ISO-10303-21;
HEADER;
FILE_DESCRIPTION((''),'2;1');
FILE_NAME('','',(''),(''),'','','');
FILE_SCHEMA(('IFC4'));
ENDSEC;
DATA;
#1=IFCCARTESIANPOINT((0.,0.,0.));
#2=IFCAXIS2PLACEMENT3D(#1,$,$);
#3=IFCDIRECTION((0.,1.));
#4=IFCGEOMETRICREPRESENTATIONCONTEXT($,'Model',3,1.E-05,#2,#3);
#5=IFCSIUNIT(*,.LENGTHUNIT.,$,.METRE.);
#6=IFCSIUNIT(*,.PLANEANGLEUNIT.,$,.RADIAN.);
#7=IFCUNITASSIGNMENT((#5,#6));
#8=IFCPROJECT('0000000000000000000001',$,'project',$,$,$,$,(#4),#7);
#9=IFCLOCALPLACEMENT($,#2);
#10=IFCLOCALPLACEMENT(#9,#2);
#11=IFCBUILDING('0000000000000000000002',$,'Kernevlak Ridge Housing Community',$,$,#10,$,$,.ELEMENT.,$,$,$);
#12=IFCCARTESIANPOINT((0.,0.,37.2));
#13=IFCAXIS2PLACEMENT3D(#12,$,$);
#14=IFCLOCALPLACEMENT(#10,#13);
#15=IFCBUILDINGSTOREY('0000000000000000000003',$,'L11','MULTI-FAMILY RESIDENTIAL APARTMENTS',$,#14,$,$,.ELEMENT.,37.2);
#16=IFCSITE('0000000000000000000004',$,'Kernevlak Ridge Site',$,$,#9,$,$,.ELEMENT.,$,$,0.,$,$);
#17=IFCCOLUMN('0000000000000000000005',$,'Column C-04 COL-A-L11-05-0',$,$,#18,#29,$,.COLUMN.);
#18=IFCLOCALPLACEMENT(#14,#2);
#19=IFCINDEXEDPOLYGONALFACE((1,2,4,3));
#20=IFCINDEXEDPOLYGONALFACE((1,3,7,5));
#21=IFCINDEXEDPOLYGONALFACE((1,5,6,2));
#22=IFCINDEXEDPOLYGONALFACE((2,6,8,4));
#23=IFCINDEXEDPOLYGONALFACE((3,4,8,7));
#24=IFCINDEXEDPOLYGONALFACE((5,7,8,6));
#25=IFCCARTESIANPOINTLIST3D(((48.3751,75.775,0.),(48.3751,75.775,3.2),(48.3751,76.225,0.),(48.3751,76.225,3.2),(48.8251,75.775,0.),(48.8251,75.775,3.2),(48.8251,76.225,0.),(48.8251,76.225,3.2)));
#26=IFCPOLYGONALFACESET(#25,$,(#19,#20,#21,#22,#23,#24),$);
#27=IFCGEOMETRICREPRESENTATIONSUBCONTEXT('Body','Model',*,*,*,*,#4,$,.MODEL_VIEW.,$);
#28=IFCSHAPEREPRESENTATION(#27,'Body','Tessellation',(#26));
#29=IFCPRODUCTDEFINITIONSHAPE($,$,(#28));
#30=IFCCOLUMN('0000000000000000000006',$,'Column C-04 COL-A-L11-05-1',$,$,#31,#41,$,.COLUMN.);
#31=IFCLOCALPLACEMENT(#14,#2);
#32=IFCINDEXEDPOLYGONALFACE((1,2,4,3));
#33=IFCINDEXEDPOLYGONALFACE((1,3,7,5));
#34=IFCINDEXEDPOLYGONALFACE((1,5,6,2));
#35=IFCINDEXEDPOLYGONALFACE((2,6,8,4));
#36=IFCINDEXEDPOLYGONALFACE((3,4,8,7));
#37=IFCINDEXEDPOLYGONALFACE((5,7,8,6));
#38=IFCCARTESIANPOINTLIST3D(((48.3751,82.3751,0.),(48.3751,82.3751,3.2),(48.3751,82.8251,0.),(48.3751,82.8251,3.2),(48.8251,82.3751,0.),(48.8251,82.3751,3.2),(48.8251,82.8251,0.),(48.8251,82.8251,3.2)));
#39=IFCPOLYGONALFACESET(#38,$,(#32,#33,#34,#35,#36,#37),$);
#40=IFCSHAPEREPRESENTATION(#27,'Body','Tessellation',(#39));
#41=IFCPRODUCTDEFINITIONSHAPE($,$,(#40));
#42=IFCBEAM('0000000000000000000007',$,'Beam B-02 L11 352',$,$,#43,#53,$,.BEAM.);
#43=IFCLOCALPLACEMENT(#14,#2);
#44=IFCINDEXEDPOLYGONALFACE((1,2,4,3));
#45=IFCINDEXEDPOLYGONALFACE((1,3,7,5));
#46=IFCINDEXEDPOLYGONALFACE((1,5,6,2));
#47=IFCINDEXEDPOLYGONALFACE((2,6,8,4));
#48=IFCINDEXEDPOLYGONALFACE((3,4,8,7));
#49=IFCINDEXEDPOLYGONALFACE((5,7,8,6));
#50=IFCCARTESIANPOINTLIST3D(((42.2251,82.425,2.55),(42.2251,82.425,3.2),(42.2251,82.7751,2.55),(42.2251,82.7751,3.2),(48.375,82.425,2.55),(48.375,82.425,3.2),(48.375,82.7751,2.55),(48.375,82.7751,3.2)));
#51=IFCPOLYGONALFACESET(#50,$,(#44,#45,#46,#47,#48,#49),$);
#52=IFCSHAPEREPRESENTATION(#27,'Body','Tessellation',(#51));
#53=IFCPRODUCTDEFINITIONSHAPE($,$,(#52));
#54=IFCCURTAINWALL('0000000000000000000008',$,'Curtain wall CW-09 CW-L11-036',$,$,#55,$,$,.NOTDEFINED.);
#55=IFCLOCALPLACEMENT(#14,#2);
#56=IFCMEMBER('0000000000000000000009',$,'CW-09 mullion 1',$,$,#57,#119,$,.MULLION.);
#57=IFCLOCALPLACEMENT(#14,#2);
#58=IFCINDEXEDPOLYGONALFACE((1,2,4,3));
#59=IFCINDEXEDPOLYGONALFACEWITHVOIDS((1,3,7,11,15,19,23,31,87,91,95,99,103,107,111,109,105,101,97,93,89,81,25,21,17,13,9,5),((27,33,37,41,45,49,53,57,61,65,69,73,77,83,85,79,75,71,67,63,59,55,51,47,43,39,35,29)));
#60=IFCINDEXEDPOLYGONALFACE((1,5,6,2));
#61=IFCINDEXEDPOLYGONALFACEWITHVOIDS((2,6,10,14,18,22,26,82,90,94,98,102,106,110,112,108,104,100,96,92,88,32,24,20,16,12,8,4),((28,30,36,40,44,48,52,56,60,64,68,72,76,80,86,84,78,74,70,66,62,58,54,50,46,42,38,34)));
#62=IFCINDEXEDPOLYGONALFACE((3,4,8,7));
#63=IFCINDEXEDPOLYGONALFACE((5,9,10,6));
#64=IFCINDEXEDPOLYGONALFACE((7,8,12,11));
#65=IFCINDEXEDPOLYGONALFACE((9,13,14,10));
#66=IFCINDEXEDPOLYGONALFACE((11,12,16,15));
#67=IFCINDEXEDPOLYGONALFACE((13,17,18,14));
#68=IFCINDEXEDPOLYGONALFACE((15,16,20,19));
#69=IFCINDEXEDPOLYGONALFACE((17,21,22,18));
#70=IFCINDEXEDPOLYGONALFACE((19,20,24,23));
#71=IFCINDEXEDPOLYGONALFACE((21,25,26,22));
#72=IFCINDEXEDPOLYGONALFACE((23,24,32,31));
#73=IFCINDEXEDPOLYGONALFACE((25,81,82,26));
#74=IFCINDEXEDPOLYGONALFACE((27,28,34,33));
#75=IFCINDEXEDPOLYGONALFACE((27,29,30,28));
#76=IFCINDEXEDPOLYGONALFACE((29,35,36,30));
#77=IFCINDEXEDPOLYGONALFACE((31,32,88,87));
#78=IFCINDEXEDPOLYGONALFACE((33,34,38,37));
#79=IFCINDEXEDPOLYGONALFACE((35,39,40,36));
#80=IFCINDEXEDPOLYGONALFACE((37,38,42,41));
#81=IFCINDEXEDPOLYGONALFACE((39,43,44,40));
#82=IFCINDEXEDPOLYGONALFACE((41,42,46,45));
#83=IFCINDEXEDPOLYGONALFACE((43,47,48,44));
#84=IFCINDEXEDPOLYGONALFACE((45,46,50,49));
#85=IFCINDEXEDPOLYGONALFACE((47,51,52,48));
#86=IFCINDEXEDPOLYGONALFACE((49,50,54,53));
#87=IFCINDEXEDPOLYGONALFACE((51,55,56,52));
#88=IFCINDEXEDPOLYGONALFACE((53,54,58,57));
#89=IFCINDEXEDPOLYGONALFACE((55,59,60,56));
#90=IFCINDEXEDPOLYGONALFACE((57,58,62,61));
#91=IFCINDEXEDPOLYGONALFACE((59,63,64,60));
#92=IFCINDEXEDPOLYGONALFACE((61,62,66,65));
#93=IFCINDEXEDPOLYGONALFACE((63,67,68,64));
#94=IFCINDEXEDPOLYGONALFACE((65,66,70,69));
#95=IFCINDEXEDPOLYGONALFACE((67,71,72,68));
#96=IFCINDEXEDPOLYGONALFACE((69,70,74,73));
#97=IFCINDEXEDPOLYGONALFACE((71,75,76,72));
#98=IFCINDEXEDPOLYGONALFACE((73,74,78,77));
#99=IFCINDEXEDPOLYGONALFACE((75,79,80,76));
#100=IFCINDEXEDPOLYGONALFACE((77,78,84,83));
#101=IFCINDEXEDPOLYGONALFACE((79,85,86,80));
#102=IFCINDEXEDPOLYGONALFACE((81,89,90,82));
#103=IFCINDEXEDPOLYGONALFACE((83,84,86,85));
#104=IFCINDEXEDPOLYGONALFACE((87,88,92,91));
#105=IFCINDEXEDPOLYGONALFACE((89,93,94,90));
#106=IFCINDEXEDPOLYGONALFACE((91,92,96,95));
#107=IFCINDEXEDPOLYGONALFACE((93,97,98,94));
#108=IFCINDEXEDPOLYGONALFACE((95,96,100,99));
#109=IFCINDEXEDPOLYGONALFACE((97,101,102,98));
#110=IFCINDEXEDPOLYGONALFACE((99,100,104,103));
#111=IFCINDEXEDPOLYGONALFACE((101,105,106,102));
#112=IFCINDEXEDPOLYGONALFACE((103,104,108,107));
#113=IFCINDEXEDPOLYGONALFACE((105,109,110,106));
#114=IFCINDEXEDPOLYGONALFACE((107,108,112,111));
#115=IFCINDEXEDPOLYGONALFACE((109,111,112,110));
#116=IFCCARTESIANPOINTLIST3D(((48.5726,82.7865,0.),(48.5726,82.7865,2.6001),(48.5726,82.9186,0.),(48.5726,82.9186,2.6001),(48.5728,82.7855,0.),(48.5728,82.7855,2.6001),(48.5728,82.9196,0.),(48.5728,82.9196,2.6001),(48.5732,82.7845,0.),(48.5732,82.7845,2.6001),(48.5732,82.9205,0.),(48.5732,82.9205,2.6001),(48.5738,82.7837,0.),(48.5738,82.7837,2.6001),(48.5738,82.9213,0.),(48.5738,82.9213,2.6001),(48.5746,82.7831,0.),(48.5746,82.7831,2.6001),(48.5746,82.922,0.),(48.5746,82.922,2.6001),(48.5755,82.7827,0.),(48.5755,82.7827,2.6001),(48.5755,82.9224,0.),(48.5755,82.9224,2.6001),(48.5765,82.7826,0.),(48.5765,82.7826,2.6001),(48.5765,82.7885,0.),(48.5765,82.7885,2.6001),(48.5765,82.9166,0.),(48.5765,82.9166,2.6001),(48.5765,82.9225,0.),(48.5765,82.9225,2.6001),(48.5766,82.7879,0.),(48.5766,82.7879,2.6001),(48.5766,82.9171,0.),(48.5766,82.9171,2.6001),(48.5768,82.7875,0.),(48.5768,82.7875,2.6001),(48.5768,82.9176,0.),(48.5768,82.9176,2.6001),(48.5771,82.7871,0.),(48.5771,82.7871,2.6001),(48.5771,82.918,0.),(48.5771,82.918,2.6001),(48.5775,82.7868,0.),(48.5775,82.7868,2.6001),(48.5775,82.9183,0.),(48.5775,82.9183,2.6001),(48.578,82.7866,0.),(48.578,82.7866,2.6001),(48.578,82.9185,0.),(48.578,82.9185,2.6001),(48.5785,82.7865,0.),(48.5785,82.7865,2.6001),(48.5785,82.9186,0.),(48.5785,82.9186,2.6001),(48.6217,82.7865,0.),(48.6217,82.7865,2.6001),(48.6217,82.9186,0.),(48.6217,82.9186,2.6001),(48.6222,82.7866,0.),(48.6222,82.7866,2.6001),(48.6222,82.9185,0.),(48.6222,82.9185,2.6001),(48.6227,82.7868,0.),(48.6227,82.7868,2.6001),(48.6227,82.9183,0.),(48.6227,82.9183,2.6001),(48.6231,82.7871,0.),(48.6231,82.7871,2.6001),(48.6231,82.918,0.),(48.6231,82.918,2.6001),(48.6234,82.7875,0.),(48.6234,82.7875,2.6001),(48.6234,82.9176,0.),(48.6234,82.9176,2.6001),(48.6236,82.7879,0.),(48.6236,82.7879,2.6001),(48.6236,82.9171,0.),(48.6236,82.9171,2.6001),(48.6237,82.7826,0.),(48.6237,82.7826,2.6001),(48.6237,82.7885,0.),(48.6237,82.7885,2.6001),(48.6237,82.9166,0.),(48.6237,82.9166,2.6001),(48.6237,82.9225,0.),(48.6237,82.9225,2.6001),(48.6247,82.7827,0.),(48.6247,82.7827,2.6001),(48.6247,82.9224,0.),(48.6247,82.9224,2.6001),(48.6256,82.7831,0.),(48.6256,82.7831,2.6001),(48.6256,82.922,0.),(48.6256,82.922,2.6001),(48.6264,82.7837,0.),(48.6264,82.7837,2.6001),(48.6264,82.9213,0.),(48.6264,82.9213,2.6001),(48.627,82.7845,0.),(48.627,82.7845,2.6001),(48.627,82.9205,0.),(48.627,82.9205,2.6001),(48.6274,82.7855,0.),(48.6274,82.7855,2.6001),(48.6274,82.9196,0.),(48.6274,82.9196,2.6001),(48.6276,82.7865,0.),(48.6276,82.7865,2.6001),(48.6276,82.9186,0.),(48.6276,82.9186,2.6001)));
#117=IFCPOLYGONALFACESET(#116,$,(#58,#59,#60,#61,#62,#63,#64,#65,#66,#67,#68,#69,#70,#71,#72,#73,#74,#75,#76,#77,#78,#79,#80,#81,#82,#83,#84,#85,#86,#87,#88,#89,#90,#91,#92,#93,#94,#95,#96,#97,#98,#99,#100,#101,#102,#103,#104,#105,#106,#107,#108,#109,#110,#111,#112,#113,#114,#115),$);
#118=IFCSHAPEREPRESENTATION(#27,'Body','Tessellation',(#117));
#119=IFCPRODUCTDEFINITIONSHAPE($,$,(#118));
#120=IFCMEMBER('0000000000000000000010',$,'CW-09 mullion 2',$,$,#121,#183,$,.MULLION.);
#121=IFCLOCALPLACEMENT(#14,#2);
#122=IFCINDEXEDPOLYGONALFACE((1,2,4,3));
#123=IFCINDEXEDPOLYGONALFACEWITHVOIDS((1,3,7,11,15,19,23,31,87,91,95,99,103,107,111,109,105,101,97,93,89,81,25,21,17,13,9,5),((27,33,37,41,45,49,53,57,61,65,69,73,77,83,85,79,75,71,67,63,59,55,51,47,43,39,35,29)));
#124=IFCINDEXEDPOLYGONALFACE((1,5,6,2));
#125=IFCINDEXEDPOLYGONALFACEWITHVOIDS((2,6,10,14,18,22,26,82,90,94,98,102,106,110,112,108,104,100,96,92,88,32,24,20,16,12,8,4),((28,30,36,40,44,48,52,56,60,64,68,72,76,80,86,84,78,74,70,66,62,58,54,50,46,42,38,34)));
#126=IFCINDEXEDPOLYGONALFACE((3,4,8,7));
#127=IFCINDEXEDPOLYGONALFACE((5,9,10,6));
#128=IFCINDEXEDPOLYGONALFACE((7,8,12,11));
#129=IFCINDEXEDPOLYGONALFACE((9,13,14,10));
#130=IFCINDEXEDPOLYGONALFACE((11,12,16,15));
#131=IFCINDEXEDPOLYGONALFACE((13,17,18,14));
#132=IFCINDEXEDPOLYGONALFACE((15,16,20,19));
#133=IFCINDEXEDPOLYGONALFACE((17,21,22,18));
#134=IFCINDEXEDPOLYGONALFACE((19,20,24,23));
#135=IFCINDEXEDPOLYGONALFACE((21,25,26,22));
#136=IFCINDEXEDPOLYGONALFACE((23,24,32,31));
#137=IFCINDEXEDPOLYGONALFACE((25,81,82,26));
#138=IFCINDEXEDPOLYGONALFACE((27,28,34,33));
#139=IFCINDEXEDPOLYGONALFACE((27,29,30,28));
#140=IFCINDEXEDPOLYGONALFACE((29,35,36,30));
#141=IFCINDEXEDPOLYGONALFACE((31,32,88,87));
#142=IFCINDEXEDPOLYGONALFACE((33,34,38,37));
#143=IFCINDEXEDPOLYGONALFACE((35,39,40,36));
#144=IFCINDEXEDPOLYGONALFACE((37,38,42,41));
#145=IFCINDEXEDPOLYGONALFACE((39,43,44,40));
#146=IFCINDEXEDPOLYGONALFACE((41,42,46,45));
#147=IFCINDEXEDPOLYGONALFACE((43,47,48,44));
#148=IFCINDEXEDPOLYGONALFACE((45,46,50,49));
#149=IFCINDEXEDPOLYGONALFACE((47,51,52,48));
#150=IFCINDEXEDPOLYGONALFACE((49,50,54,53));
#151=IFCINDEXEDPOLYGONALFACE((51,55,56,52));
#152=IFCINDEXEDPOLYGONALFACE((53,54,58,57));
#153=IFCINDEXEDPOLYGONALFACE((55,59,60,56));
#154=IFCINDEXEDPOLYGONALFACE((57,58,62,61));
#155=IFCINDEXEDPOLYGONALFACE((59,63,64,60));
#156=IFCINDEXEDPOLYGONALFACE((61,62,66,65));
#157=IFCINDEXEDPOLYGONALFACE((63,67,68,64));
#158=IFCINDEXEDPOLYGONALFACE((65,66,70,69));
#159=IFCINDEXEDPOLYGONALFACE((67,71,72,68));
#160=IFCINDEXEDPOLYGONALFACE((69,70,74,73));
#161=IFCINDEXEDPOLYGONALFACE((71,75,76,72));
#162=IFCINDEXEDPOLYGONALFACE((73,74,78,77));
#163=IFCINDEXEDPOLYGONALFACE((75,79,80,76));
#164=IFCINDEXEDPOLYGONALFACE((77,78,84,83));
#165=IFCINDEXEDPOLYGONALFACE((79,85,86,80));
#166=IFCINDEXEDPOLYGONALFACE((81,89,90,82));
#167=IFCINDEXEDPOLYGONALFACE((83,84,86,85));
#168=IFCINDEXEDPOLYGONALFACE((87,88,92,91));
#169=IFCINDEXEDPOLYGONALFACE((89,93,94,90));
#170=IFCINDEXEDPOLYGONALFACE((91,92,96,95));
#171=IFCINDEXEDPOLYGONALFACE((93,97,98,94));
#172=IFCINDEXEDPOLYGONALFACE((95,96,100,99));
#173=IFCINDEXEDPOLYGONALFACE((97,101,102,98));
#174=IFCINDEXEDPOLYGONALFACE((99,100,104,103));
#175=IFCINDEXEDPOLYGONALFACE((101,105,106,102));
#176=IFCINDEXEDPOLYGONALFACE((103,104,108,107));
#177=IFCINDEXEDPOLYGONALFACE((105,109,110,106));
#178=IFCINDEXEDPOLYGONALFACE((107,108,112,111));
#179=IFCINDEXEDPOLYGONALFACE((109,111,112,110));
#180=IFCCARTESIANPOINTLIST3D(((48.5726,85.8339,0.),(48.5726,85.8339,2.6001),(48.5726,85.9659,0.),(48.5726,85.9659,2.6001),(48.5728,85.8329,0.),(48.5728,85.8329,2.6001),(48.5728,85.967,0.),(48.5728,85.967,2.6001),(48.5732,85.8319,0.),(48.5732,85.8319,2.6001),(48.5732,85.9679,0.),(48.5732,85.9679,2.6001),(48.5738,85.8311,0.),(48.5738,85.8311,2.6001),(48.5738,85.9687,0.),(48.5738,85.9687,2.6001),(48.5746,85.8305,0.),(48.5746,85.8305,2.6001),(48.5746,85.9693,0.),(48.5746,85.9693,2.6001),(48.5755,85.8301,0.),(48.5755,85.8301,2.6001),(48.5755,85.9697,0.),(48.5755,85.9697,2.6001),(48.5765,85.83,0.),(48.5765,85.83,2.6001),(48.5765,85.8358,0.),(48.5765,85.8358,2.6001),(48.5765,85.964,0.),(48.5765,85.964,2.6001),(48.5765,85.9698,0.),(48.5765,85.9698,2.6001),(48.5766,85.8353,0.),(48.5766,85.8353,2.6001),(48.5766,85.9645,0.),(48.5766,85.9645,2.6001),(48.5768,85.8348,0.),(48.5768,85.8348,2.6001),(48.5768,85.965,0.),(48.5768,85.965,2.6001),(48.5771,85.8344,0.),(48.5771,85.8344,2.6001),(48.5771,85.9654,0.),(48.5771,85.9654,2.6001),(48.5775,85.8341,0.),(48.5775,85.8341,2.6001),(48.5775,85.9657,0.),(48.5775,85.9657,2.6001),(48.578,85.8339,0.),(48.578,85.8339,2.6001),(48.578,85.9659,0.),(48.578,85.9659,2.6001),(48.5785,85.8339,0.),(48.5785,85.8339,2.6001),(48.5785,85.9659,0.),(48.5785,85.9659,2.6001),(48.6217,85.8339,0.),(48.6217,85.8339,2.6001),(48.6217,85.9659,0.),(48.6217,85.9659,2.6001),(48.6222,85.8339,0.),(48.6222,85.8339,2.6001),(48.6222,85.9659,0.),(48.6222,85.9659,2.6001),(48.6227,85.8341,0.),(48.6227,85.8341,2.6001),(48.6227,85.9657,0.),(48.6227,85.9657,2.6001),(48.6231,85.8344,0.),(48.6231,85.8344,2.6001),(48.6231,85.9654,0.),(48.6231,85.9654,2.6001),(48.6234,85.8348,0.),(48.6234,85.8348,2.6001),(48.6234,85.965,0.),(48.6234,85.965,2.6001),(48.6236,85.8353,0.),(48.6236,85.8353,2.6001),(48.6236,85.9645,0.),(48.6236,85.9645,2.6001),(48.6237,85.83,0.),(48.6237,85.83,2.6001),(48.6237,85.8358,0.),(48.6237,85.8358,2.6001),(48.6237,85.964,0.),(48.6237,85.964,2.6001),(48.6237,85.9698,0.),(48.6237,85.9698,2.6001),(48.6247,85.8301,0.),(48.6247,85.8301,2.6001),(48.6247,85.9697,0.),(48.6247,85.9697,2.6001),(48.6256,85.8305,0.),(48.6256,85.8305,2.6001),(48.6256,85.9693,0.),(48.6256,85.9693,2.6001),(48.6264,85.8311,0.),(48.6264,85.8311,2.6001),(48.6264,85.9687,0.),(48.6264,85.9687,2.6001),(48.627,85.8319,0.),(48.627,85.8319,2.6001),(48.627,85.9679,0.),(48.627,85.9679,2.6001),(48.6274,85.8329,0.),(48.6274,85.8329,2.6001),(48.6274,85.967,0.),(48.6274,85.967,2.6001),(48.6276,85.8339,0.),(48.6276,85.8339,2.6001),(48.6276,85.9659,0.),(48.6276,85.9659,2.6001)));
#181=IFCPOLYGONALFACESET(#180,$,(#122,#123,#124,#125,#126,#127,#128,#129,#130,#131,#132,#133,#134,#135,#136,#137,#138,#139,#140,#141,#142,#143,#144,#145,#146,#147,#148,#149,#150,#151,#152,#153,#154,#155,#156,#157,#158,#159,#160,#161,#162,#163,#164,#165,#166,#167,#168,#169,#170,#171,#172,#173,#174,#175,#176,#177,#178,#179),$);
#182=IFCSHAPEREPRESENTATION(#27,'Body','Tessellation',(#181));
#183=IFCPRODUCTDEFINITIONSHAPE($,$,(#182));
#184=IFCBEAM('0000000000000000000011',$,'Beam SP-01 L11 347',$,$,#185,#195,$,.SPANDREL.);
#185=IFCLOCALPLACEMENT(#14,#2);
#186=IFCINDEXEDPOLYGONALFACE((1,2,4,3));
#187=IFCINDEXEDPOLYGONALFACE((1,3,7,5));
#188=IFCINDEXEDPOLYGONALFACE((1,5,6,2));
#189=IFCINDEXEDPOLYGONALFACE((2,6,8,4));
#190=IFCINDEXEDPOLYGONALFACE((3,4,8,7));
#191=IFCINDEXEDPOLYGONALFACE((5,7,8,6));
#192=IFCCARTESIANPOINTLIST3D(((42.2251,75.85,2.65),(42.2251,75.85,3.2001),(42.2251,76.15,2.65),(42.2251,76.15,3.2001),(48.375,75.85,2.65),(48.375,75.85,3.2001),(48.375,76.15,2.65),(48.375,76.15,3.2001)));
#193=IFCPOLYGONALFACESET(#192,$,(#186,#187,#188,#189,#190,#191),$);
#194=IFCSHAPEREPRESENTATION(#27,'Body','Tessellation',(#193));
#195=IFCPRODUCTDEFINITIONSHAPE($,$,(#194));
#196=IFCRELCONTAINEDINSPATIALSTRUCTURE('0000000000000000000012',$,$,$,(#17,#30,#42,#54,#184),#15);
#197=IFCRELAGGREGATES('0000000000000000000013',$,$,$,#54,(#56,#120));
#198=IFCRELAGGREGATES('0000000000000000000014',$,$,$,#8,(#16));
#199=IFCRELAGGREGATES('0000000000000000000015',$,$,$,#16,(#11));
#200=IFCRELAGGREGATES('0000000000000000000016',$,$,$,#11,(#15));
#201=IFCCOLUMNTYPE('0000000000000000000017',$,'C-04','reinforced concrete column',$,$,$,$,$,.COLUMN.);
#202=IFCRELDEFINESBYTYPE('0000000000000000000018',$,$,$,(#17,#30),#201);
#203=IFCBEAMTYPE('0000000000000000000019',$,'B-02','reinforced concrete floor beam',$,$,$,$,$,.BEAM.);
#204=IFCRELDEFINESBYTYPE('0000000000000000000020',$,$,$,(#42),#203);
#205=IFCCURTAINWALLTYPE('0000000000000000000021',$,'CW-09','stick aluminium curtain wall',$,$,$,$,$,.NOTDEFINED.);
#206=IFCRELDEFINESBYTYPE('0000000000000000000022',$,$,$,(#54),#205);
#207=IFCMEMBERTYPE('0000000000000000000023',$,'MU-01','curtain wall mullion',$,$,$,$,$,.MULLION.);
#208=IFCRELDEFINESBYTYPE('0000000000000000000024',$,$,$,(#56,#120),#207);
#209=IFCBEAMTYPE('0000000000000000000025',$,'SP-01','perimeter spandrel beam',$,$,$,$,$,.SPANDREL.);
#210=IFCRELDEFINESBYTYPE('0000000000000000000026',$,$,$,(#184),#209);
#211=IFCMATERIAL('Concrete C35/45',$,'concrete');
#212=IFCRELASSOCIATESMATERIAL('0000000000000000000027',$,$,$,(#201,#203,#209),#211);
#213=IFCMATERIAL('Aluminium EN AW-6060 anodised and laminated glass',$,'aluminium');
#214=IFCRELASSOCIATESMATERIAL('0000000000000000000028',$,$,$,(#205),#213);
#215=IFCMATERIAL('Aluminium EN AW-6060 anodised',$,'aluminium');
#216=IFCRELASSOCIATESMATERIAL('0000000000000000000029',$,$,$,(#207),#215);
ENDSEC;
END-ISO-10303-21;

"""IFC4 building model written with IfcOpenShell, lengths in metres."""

from ifc_helpers import new_model, si_unit, direction, frame, origin, origin_2d, place, context, subcontext, project, spatial, rectangle, hollow_rectangle, extrude, material, material_profile, profile_set, type_object, element, aggregate, save


model = new_model("IFC4")

# Units and contexts
model_context = context("Model", 3, precision=1e-05, world=origin(), true_north=direction((0.0, 1.0)))
body_context = subcontext(model_context, "Body", "Model", "MODEL_VIEW")
ifc_project = project(units=[si_unit("LENGTHUNIT", "METRE"), si_unit("PLANEANGLEUNIT", "RADIAN")], contexts=[model_context])

# Site, building, storey
site_placement = place(None, origin())
site = spatial("IfcSite", under=ifc_project, at=site_placement, Name="Kernevlak Ridge Site", CompositionType="ELEMENT", RefElevation=0.0)
building_placement = place(site_placement, origin())
building = spatial("IfcBuilding", under=site, at=building_placement, Name="Kernevlak Ridge Housing Community", CompositionType="ELEMENT")
storey_placement = place(building_placement, frame((0.0, 0.0, 37.2)))
storey = spatial("IfcBuildingStorey", under=building, at=storey_placement, Name="L11", Description="MULTI-FAMILY RESIDENTIAL APARTMENTS", CompositionType="ELEMENT", Elevation=37.2)

# Columns
ifc_material_1 = material(Name="Concrete C35/45", Category="concrete")
ifc_material_profile_1 = material_profile(ifc_material_1, rectangle(XDim=0.45, YDim=0.45, at=origin_2d()), Name="RC 450x450")
ifc_profile_set_1 = profile_set([ifc_material_profile_1], Name="Concrete C35/45")
column_type = type_object("IfcColumnType", Name="C-04", Description="reinforced concrete column", PredefinedType="COLUMN", material=ifc_profile_set_1)
for number, where, z_axis, x_axis, name in (
    (1, (48.6001, 76.0, 0.0), (0.0, 0.0, 1.0), (1.0, 0.0, 0.0), "Column C-04 COL-A-L11-05-0"),
    (2, (48.6001, 82.6001, 0.0), (0.0, 0.0, 1.0), (1.0, 0.0, 0.0), "Column C-04 COL-A-L11-05-1"),
):
    element("IfcColumn", number, at=place(storey_placement, frame(where, z_axis=z_axis, x_axis=x_axis)), inside=storey, type_object=column_type, Name=name, PredefinedType="COLUMN", context=body_context, shape_type="SweptSolid", body=[
        extrude(rectangle(XDim=0.45, YDim=0.45, at=origin_2d()), origin(), (0.0, 0.0, 1.0), 3.2),
    ])

# Beam
ifc_material_profile_2 = material_profile(ifc_material_1, rectangle(XDim=0.3501, YDim=0.6499, at=origin_2d()), Name="RC 350x650")
ifc_profile_set_2 = profile_set([ifc_material_profile_2], Name="Concrete C35/45")
beam_type_1 = type_object("IfcBeamType", Name="B-02", Description="reinforced concrete floor beam", PredefinedType="BEAM", material=ifc_profile_set_2)
beam_1_placement = place(storey_placement, frame((42.2251, 82.6001, 2.875), z_axis=(1.0, 0.0, 0.0), x_axis=(0.0, 1.0, 0.0)))
element("IfcBeam", 3, at=beam_1_placement, inside=storey, type_object=beam_type_1, Name="Beam B-02 L11 352", PredefinedType="BEAM", context=body_context, shape_type="SweptSolid", body=[
    extrude(rectangle(XDim=0.3501, YDim=0.6499, at=origin_2d()), origin(), (0.0, 0.0, 1.0), 6.1499),
])

# Curtain wall, members
ifc_material_2 = material(Name="Aluminium EN AW-6060 anodised and laminated glass", Category="aluminium")
curtain_wall_type = type_object("IfcCurtainWallType", Name="CW-09", Description="stick aluminium curtain wall", PredefinedType="NOTDEFINED", material=ifc_material_2)
curtain_wall_placement = place(storey_placement, origin())
curtain_wall = element("IfcCurtainWall", 4, at=curtain_wall_placement, inside=storey, type_object=curtain_wall_type, Name="Curtain wall CW-09 CW-L11-036", PredefinedType="NOTDEFINED")
ifc_material_3 = material(Name="Aluminium EN AW-6060 anodised", Category="aluminium")
ifc_material_profile_3 = material_profile(ifc_material_3, hollow_rectangle(XDim=0.0549, YDim=0.1399, WallThickness=0.0039, InnerFilletRadius=0.002, OuterFilletRadius=0.0039, at=origin_2d()), Name="ALU 55x140x4")
ifc_profile_set_3 = profile_set([ifc_material_profile_3], Name="Aluminium EN AW-6060 anodised")
member_type_1 = type_object("IfcMemberType", Name="MU-01", Description="curtain wall mullion", PredefinedType="MULLION", material=ifc_profile_set_3)
member_1_placement = place(storey_placement, frame((48.6001, 82.8525, 0.0), z_axis=(0.0, 0.0, 1.0), x_axis=(-1.0, 0.0, 0.0)))
member_1 = element("IfcMember", 5, at=member_1_placement, type_object=member_type_1, Name="CW-09 mullion 1", PredefinedType="MULLION", context=body_context, shape_type="SweptSolid", body=[
    extrude(hollow_rectangle(XDim=0.0549, YDim=0.1399, WallThickness=0.0039, InnerFilletRadius=0.002, OuterFilletRadius=0.0039, at=origin_2d()), origin(), (0.0, 0.0, 1.0), 2.6001),
])
member_2_placement = place(storey_placement, frame((48.6001, 85.8999, 0.0), z_axis=(0.0, 0.0, 1.0), x_axis=(-1.0, 0.0, 0.0)))
member_2 = element("IfcMember", 6, at=member_2_placement, type_object=member_type_1, Name="CW-09 mullion 2", PredefinedType="MULLION", context=body_context, shape_type="SweptSolid", body=[
    extrude(hollow_rectangle(XDim=0.0549, YDim=0.1399, WallThickness=0.0039, InnerFilletRadius=0.002, OuterFilletRadius=0.0039, at=origin_2d()), origin(), (0.0, 0.0, 1.0), 2.6001),
])

# Beam
ifc_material_profile_4 = material_profile(ifc_material_1, rectangle(XDim=0.3, YDim=0.55, at=origin_2d()), Name="RC 300x550")
ifc_profile_set_4 = profile_set([ifc_material_profile_4], Name="Concrete C35/45")
beam_type_2 = type_object("IfcBeamType", Name="SP-01", Description="perimeter spandrel beam", PredefinedType="SPANDREL", material=ifc_profile_set_4)
for number, where, z_axis, x_axis, name in (
    (7, (42.2251, 76.0, 2.925), (1.0, 0.0, 0.0), (0.0, 1.0, 0.0), "Beam SP-01 L11 347"),
):
    element("IfcBeam", number, at=place(storey_placement, frame(where, z_axis=z_axis, x_axis=x_axis)), inside=storey, type_object=beam_type_2, Name=name, PredefinedType="SPANDREL", context=body_context, shape_type="SweptSolid", body=[
        extrude(rectangle(XDim=0.3, YDim=0.55, at=origin_2d()), origin(), (0.0, 0.0, 1.0), 6.1499),
    ])

aggregate(curtain_wall, [member_1, member_2])

save(model, "model.ifc")
